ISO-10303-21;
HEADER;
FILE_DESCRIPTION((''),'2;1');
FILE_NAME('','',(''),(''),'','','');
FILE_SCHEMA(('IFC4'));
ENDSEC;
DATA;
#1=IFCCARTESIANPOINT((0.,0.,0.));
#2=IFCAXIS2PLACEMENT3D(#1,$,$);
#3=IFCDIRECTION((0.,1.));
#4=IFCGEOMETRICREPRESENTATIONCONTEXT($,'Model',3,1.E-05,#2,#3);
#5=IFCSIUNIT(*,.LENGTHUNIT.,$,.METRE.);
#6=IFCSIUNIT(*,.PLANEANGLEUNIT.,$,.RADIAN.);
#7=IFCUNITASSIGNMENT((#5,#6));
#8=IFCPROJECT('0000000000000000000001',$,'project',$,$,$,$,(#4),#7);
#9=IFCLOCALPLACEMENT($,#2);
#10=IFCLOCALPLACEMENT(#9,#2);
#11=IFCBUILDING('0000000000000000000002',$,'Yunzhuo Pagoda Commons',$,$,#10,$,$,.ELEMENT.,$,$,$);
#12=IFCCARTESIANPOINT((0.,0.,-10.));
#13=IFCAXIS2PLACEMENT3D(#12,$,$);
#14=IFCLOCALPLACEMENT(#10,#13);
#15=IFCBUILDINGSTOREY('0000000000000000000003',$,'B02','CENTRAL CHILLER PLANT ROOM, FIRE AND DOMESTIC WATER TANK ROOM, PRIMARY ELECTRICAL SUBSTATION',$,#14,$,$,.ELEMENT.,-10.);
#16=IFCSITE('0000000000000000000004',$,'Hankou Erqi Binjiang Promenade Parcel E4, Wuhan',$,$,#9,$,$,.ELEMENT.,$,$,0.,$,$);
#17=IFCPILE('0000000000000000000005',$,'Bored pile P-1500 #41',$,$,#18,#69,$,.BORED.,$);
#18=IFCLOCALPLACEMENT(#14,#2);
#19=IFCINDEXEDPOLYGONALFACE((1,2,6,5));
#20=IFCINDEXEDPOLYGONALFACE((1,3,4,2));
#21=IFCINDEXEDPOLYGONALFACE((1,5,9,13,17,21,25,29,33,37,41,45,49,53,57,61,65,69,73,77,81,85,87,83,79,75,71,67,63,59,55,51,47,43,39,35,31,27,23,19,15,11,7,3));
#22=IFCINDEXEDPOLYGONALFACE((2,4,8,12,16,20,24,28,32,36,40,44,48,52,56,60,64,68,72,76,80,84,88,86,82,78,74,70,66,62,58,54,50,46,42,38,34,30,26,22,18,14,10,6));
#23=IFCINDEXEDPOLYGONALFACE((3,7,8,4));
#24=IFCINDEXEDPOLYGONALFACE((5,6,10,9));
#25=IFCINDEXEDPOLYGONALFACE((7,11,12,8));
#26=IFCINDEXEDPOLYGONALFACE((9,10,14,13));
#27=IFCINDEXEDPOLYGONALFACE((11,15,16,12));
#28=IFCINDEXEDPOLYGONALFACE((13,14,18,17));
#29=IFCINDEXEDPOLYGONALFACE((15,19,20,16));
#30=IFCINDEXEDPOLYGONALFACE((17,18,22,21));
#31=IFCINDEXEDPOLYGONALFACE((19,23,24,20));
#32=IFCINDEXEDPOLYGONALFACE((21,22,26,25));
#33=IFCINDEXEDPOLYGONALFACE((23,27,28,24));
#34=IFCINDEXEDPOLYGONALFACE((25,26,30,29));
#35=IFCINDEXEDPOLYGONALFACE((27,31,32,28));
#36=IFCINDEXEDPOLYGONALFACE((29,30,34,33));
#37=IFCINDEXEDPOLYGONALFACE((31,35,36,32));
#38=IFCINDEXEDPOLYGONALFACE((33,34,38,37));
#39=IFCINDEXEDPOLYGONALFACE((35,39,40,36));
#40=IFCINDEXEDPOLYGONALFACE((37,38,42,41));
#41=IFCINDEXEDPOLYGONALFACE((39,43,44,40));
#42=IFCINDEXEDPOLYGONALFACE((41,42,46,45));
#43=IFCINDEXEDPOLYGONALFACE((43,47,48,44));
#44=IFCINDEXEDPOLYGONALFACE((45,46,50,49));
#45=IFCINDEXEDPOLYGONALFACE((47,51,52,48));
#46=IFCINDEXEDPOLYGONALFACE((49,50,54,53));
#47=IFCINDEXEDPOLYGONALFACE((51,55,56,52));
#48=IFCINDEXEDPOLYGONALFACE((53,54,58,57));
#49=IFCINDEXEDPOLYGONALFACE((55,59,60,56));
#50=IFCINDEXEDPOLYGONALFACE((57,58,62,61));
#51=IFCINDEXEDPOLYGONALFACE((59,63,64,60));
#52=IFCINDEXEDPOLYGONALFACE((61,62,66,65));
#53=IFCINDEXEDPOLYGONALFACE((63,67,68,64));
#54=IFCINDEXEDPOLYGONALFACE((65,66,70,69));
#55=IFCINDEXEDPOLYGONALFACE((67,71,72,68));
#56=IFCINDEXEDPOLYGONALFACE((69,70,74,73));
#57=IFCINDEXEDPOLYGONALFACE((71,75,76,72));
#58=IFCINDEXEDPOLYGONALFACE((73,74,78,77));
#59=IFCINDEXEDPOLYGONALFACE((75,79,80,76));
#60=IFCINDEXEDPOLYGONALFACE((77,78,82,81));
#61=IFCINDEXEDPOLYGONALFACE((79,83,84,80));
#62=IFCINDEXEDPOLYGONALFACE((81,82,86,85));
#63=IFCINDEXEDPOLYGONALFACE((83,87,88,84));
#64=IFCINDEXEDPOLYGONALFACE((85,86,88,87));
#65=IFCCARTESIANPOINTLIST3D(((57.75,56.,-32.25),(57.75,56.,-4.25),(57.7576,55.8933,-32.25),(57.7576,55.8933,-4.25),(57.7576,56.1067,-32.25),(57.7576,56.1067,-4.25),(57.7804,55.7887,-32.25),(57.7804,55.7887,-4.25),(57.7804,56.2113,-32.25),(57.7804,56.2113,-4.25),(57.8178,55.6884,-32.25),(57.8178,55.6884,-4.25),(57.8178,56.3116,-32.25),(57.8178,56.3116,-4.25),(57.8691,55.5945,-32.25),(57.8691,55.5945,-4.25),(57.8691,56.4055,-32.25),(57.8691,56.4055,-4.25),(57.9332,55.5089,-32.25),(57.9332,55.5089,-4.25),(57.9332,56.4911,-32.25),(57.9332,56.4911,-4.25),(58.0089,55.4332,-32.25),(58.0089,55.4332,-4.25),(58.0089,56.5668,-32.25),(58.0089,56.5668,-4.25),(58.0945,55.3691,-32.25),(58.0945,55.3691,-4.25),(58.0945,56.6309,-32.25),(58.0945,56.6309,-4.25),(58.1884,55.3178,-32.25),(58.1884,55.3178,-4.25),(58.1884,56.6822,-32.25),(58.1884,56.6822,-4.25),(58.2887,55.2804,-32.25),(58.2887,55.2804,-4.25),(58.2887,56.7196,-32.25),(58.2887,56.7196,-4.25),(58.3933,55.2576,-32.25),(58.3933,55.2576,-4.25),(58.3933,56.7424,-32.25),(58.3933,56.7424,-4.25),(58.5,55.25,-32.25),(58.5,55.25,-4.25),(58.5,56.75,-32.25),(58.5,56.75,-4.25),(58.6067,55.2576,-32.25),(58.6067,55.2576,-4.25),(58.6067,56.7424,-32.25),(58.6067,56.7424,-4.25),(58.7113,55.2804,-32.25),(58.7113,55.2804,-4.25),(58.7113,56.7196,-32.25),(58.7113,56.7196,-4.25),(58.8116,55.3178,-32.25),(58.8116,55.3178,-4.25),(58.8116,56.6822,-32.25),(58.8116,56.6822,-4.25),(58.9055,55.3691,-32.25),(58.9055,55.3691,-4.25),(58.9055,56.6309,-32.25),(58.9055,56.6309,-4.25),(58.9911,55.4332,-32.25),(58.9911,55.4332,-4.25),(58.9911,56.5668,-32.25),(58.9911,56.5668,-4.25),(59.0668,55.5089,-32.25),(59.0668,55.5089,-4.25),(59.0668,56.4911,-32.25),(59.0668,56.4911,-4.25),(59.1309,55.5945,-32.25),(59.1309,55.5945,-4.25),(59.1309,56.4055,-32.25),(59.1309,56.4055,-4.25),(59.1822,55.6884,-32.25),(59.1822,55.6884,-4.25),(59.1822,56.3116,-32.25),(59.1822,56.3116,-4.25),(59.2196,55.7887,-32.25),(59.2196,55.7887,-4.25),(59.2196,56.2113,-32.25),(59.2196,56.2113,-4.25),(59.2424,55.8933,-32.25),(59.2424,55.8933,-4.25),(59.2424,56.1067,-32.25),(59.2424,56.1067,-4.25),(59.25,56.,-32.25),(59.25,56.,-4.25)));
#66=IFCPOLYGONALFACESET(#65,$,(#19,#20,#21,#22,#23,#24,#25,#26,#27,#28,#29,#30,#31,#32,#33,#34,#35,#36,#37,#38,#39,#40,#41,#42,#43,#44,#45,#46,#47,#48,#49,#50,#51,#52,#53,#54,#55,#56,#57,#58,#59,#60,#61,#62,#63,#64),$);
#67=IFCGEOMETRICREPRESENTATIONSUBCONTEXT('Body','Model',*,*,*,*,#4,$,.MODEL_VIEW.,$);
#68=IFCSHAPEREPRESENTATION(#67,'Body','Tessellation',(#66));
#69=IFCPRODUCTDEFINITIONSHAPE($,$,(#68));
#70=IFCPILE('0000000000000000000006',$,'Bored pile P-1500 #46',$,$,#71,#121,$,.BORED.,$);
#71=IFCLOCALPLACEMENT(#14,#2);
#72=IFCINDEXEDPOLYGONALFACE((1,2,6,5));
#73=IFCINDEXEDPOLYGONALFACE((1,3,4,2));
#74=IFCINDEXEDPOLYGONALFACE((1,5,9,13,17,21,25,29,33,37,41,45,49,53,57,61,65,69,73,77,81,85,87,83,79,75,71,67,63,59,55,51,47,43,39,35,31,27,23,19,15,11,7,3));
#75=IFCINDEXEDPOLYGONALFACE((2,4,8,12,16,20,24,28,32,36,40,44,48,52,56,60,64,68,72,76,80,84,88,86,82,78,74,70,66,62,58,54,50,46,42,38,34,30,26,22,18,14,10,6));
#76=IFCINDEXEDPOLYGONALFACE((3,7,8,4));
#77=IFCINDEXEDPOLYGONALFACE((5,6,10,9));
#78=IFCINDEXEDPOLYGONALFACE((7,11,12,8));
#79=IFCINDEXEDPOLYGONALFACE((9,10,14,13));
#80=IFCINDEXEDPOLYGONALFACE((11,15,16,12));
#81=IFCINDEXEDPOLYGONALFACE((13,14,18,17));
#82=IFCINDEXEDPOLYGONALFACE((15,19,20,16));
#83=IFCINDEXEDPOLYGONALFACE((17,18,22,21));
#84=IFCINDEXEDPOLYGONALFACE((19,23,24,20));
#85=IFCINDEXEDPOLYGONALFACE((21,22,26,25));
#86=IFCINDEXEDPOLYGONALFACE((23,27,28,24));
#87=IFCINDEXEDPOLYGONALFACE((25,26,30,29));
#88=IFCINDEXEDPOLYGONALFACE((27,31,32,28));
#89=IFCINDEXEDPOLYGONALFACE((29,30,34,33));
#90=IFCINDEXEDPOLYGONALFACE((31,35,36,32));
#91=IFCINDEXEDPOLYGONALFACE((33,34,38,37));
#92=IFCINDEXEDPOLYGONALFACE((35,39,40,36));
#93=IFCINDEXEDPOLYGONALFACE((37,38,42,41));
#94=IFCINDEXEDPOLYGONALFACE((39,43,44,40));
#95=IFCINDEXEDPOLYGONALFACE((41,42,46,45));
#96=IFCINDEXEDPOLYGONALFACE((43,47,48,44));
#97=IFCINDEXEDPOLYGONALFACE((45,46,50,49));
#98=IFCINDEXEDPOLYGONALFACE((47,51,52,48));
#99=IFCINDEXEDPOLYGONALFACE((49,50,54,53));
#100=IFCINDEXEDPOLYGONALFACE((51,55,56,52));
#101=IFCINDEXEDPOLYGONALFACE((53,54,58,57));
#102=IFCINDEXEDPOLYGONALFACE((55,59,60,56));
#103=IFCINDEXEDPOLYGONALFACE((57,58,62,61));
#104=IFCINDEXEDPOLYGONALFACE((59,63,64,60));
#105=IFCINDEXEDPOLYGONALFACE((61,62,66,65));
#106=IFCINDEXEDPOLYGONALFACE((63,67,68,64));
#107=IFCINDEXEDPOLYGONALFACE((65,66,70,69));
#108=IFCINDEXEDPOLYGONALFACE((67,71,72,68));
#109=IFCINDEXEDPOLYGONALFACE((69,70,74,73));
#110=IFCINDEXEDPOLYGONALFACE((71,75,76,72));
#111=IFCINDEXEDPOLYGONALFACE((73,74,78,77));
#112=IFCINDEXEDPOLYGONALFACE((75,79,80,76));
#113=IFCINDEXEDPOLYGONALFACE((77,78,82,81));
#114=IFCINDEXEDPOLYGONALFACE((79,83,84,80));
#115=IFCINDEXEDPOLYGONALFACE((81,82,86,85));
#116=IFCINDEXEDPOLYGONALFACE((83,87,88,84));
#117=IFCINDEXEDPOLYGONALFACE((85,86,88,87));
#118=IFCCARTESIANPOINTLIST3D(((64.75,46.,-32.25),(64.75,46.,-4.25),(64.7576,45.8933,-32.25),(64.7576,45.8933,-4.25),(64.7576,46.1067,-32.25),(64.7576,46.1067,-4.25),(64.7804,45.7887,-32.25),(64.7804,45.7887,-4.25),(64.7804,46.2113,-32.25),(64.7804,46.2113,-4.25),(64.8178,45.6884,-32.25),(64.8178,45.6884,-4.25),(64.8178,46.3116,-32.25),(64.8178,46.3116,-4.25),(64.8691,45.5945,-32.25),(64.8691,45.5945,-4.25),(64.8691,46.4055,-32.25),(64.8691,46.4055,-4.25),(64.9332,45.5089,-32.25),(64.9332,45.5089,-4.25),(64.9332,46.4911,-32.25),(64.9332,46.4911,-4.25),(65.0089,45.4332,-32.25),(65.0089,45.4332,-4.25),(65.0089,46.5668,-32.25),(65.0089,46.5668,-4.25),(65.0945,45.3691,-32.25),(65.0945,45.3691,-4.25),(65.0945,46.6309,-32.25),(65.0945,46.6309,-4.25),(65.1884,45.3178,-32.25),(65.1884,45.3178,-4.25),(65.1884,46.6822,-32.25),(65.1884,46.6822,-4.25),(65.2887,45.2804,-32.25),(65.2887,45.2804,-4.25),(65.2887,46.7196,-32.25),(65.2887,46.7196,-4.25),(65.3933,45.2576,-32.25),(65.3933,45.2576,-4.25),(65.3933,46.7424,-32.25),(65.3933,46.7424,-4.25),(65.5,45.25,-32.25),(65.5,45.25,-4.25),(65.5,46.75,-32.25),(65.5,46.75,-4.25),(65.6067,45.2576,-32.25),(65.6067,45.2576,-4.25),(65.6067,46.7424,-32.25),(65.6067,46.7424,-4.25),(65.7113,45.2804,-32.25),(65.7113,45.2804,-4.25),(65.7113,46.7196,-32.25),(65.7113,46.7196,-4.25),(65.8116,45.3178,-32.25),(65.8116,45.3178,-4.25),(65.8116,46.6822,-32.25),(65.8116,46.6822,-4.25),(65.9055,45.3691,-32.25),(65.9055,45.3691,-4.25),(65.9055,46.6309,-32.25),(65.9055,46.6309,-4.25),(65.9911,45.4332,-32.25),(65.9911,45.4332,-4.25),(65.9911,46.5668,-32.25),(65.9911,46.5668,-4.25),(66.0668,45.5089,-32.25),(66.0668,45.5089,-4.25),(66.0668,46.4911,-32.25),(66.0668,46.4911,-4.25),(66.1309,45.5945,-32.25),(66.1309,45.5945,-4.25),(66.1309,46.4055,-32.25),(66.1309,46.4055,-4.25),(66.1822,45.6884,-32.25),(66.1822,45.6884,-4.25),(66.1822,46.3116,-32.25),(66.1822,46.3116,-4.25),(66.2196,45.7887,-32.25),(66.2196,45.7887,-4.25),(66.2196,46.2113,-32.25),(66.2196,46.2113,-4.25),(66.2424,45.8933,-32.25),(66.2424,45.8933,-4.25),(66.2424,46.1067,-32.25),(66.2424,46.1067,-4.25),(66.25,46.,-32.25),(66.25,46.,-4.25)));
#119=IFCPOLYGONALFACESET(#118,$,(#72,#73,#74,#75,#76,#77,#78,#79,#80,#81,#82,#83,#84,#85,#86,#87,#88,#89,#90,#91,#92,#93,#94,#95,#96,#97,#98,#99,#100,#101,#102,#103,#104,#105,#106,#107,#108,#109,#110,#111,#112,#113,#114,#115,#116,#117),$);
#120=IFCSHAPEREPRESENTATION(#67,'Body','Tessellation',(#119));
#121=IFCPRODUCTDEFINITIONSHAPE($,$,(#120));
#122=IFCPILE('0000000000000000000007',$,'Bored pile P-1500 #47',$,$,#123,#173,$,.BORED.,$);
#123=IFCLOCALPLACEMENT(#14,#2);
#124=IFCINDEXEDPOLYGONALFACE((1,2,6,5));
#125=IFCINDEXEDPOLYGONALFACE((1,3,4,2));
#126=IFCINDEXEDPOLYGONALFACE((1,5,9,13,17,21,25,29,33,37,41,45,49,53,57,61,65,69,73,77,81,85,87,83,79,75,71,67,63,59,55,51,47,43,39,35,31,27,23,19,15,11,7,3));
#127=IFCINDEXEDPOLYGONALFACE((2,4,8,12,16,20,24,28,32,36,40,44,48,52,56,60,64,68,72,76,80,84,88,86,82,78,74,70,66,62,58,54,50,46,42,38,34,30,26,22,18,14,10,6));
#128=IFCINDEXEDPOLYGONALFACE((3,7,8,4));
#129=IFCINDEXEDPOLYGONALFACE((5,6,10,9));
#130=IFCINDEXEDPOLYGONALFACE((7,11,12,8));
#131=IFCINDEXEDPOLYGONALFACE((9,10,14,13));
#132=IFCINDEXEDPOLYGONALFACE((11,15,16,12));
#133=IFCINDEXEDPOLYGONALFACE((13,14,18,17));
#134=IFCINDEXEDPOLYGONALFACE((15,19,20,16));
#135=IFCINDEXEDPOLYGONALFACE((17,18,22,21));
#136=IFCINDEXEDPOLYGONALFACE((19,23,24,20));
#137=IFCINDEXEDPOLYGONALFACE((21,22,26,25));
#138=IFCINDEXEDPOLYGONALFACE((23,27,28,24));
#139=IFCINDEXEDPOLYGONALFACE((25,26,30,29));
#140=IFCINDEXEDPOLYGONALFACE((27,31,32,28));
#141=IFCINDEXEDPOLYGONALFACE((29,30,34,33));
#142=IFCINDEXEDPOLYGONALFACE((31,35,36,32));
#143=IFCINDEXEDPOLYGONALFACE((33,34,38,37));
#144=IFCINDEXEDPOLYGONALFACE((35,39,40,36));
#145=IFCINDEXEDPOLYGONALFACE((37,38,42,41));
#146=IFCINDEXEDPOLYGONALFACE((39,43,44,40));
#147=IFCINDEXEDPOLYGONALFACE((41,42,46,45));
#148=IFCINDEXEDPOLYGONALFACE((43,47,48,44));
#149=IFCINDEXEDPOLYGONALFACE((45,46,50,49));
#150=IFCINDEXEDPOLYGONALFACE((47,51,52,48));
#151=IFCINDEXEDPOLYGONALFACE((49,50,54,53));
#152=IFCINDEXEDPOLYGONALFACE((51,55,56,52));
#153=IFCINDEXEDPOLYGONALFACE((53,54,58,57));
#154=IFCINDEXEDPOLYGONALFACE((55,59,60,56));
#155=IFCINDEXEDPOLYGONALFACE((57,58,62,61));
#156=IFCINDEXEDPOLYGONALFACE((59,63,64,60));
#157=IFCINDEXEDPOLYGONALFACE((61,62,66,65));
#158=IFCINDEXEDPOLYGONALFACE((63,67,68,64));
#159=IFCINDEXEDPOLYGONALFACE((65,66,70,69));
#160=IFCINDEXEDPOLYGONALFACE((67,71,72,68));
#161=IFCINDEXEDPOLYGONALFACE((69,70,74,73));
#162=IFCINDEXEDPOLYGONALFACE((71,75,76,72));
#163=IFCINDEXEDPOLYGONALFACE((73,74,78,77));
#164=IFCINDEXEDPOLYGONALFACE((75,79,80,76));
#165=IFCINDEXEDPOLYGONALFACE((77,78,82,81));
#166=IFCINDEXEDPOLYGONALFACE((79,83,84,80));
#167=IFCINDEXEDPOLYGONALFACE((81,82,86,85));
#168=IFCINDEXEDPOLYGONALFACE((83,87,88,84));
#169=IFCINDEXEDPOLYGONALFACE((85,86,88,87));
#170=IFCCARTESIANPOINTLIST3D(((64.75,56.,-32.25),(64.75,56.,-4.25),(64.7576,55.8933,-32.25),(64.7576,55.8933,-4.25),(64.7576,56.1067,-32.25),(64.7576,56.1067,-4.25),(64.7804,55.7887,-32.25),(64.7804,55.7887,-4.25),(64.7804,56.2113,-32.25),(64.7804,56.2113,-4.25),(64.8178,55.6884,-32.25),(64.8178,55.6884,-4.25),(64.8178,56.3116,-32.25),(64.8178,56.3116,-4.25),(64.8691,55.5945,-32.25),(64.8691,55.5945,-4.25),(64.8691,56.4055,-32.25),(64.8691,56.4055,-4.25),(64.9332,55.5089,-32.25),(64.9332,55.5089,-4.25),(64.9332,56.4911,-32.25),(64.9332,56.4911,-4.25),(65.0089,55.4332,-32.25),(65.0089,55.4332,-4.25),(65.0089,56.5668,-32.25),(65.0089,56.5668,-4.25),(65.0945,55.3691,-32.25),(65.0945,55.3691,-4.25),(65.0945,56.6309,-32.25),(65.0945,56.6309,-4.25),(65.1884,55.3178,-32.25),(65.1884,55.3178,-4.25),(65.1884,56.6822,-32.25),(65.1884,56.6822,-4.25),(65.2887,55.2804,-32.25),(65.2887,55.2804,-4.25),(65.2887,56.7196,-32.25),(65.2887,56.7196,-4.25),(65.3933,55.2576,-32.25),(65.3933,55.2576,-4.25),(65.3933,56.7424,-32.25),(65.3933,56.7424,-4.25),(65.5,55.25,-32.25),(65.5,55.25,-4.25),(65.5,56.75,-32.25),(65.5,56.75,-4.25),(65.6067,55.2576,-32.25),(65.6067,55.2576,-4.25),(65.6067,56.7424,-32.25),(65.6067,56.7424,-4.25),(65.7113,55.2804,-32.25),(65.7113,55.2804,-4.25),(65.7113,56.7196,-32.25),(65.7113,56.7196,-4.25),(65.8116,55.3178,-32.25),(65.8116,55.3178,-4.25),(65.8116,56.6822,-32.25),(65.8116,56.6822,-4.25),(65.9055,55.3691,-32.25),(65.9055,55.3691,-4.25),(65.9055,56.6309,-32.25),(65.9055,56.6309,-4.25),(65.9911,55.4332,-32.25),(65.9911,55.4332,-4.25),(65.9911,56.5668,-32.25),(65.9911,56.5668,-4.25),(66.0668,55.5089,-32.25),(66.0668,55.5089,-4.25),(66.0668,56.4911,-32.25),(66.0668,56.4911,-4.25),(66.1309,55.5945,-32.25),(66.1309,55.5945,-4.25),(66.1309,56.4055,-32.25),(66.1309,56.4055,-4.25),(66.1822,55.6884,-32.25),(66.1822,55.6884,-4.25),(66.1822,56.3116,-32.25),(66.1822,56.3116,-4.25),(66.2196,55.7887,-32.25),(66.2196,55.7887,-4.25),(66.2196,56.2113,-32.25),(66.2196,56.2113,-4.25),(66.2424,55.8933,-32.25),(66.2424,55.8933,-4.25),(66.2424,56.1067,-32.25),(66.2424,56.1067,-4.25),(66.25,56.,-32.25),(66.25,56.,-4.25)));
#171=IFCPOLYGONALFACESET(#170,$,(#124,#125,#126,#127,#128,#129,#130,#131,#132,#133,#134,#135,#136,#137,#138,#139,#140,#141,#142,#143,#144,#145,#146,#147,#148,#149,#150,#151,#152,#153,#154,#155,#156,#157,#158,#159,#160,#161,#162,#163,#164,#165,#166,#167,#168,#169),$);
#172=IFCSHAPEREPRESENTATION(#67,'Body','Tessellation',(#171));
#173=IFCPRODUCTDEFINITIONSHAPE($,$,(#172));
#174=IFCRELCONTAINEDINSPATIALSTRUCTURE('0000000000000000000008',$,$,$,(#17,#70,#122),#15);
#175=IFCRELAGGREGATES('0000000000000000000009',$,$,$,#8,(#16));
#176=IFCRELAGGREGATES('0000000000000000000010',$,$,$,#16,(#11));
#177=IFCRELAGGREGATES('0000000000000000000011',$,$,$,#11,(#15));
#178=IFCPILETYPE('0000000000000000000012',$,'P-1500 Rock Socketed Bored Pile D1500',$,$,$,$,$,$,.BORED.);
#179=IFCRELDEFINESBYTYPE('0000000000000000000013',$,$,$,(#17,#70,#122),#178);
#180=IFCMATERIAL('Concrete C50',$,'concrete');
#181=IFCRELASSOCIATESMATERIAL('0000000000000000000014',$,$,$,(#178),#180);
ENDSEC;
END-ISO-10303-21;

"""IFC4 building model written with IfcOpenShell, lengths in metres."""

from ifc_helpers import new_model, si_unit, direction, frame, origin, origin_2d, place, context, subcontext, project, spatial, circle, extrude, source, transform, mapped, material, material_profile, profile_set, type_object, element, save


model = new_model("IFC4")

# Units and contexts
model_context = context("Model", 3, precision=1e-05, world=origin(), true_north=direction((0.0, 1.0)))
body_context = subcontext(model_context, "Body", "Model", "MODEL_VIEW")
ifc_project = project(units=[si_unit("LENGTHUNIT", "METRE"), si_unit("PLANEANGLEUNIT", "RADIAN")], contexts=[model_context])

# Site, building, storey
site_placement = place(None, origin())
site = spatial("IfcSite", under=ifc_project, at=site_placement, Name="Hankou Erqi Binjiang Promenade Parcel E4, Wuhan", CompositionType="ELEMENT", RefElevation=0.0)
building_placement = place(site_placement, origin())
building = spatial("IfcBuilding", under=site, at=building_placement, Name="Yunzhuo Pagoda Commons", CompositionType="ELEMENT")
storey_placement = place(building_placement, frame((0.0, 0.0, -10.0)))
storey = spatial("IfcBuildingStorey", under=building, at=storey_placement, Name="B02", Description="CENTRAL CHILLER PLANT ROOM, FIRE AND DOMESTIC WATER TANK ROOM, PRIMARY ELECTRICAL SUBSTATION", CompositionType="ELEMENT", Elevation=-10.0)

# Piles
ifc_material_1 = material(Name="Concrete C50", Category="concrete")
ifc_material_profile_1 = material_profile(ifc_material_1, circle(Radius=0.75, at=origin_2d()), Name="Concrete C50")
ifc_profile_set_1 = profile_set([ifc_material_profile_1], Name="Concrete C50")
pile_type = type_object("IfcPileType", Name="P-1500 Rock Socketed Bored Pile D1500", PredefinedType="BORED", material=ifc_profile_set_1)
shared_shape_1 = source(origin(), body_context, "Body", "SweptSolid", [
    extrude(circle(Radius=0.75, at=origin_2d()), origin(), (0.0, 0.0, 1.0), 28.0),
])
for number, where, z_axis, x_axis, name in (
    (1, (58.5, 56.0, -4.25), (0.0, 0.0, -1.0), (1.0, 0.0, 0.0), "Bored pile P-1500 #41"),
    (2, (65.5, 46.0, -4.25), (0.0, 0.0, -1.0), (1.0, 0.0, 0.0), "Bored pile P-1500 #46"),
    (3, (65.5, 56.0, -4.25), (0.0, 0.0, -1.0), (1.0, 0.0, 0.0), "Bored pile P-1500 #47"),
):
    element("IfcPile", number, at=place(storey_placement, frame(where, z_axis=z_axis, x_axis=x_axis)), inside=storey, type_object=pile_type, Name=name, PredefinedType="BORED", context=body_context, shape_type="MappedRepresentation", body=[
        mapped(shared_shape_1, transform((0.0, 0.0, 0.0), scale=1.0)),
    ])

save(model, "model.ifc")
